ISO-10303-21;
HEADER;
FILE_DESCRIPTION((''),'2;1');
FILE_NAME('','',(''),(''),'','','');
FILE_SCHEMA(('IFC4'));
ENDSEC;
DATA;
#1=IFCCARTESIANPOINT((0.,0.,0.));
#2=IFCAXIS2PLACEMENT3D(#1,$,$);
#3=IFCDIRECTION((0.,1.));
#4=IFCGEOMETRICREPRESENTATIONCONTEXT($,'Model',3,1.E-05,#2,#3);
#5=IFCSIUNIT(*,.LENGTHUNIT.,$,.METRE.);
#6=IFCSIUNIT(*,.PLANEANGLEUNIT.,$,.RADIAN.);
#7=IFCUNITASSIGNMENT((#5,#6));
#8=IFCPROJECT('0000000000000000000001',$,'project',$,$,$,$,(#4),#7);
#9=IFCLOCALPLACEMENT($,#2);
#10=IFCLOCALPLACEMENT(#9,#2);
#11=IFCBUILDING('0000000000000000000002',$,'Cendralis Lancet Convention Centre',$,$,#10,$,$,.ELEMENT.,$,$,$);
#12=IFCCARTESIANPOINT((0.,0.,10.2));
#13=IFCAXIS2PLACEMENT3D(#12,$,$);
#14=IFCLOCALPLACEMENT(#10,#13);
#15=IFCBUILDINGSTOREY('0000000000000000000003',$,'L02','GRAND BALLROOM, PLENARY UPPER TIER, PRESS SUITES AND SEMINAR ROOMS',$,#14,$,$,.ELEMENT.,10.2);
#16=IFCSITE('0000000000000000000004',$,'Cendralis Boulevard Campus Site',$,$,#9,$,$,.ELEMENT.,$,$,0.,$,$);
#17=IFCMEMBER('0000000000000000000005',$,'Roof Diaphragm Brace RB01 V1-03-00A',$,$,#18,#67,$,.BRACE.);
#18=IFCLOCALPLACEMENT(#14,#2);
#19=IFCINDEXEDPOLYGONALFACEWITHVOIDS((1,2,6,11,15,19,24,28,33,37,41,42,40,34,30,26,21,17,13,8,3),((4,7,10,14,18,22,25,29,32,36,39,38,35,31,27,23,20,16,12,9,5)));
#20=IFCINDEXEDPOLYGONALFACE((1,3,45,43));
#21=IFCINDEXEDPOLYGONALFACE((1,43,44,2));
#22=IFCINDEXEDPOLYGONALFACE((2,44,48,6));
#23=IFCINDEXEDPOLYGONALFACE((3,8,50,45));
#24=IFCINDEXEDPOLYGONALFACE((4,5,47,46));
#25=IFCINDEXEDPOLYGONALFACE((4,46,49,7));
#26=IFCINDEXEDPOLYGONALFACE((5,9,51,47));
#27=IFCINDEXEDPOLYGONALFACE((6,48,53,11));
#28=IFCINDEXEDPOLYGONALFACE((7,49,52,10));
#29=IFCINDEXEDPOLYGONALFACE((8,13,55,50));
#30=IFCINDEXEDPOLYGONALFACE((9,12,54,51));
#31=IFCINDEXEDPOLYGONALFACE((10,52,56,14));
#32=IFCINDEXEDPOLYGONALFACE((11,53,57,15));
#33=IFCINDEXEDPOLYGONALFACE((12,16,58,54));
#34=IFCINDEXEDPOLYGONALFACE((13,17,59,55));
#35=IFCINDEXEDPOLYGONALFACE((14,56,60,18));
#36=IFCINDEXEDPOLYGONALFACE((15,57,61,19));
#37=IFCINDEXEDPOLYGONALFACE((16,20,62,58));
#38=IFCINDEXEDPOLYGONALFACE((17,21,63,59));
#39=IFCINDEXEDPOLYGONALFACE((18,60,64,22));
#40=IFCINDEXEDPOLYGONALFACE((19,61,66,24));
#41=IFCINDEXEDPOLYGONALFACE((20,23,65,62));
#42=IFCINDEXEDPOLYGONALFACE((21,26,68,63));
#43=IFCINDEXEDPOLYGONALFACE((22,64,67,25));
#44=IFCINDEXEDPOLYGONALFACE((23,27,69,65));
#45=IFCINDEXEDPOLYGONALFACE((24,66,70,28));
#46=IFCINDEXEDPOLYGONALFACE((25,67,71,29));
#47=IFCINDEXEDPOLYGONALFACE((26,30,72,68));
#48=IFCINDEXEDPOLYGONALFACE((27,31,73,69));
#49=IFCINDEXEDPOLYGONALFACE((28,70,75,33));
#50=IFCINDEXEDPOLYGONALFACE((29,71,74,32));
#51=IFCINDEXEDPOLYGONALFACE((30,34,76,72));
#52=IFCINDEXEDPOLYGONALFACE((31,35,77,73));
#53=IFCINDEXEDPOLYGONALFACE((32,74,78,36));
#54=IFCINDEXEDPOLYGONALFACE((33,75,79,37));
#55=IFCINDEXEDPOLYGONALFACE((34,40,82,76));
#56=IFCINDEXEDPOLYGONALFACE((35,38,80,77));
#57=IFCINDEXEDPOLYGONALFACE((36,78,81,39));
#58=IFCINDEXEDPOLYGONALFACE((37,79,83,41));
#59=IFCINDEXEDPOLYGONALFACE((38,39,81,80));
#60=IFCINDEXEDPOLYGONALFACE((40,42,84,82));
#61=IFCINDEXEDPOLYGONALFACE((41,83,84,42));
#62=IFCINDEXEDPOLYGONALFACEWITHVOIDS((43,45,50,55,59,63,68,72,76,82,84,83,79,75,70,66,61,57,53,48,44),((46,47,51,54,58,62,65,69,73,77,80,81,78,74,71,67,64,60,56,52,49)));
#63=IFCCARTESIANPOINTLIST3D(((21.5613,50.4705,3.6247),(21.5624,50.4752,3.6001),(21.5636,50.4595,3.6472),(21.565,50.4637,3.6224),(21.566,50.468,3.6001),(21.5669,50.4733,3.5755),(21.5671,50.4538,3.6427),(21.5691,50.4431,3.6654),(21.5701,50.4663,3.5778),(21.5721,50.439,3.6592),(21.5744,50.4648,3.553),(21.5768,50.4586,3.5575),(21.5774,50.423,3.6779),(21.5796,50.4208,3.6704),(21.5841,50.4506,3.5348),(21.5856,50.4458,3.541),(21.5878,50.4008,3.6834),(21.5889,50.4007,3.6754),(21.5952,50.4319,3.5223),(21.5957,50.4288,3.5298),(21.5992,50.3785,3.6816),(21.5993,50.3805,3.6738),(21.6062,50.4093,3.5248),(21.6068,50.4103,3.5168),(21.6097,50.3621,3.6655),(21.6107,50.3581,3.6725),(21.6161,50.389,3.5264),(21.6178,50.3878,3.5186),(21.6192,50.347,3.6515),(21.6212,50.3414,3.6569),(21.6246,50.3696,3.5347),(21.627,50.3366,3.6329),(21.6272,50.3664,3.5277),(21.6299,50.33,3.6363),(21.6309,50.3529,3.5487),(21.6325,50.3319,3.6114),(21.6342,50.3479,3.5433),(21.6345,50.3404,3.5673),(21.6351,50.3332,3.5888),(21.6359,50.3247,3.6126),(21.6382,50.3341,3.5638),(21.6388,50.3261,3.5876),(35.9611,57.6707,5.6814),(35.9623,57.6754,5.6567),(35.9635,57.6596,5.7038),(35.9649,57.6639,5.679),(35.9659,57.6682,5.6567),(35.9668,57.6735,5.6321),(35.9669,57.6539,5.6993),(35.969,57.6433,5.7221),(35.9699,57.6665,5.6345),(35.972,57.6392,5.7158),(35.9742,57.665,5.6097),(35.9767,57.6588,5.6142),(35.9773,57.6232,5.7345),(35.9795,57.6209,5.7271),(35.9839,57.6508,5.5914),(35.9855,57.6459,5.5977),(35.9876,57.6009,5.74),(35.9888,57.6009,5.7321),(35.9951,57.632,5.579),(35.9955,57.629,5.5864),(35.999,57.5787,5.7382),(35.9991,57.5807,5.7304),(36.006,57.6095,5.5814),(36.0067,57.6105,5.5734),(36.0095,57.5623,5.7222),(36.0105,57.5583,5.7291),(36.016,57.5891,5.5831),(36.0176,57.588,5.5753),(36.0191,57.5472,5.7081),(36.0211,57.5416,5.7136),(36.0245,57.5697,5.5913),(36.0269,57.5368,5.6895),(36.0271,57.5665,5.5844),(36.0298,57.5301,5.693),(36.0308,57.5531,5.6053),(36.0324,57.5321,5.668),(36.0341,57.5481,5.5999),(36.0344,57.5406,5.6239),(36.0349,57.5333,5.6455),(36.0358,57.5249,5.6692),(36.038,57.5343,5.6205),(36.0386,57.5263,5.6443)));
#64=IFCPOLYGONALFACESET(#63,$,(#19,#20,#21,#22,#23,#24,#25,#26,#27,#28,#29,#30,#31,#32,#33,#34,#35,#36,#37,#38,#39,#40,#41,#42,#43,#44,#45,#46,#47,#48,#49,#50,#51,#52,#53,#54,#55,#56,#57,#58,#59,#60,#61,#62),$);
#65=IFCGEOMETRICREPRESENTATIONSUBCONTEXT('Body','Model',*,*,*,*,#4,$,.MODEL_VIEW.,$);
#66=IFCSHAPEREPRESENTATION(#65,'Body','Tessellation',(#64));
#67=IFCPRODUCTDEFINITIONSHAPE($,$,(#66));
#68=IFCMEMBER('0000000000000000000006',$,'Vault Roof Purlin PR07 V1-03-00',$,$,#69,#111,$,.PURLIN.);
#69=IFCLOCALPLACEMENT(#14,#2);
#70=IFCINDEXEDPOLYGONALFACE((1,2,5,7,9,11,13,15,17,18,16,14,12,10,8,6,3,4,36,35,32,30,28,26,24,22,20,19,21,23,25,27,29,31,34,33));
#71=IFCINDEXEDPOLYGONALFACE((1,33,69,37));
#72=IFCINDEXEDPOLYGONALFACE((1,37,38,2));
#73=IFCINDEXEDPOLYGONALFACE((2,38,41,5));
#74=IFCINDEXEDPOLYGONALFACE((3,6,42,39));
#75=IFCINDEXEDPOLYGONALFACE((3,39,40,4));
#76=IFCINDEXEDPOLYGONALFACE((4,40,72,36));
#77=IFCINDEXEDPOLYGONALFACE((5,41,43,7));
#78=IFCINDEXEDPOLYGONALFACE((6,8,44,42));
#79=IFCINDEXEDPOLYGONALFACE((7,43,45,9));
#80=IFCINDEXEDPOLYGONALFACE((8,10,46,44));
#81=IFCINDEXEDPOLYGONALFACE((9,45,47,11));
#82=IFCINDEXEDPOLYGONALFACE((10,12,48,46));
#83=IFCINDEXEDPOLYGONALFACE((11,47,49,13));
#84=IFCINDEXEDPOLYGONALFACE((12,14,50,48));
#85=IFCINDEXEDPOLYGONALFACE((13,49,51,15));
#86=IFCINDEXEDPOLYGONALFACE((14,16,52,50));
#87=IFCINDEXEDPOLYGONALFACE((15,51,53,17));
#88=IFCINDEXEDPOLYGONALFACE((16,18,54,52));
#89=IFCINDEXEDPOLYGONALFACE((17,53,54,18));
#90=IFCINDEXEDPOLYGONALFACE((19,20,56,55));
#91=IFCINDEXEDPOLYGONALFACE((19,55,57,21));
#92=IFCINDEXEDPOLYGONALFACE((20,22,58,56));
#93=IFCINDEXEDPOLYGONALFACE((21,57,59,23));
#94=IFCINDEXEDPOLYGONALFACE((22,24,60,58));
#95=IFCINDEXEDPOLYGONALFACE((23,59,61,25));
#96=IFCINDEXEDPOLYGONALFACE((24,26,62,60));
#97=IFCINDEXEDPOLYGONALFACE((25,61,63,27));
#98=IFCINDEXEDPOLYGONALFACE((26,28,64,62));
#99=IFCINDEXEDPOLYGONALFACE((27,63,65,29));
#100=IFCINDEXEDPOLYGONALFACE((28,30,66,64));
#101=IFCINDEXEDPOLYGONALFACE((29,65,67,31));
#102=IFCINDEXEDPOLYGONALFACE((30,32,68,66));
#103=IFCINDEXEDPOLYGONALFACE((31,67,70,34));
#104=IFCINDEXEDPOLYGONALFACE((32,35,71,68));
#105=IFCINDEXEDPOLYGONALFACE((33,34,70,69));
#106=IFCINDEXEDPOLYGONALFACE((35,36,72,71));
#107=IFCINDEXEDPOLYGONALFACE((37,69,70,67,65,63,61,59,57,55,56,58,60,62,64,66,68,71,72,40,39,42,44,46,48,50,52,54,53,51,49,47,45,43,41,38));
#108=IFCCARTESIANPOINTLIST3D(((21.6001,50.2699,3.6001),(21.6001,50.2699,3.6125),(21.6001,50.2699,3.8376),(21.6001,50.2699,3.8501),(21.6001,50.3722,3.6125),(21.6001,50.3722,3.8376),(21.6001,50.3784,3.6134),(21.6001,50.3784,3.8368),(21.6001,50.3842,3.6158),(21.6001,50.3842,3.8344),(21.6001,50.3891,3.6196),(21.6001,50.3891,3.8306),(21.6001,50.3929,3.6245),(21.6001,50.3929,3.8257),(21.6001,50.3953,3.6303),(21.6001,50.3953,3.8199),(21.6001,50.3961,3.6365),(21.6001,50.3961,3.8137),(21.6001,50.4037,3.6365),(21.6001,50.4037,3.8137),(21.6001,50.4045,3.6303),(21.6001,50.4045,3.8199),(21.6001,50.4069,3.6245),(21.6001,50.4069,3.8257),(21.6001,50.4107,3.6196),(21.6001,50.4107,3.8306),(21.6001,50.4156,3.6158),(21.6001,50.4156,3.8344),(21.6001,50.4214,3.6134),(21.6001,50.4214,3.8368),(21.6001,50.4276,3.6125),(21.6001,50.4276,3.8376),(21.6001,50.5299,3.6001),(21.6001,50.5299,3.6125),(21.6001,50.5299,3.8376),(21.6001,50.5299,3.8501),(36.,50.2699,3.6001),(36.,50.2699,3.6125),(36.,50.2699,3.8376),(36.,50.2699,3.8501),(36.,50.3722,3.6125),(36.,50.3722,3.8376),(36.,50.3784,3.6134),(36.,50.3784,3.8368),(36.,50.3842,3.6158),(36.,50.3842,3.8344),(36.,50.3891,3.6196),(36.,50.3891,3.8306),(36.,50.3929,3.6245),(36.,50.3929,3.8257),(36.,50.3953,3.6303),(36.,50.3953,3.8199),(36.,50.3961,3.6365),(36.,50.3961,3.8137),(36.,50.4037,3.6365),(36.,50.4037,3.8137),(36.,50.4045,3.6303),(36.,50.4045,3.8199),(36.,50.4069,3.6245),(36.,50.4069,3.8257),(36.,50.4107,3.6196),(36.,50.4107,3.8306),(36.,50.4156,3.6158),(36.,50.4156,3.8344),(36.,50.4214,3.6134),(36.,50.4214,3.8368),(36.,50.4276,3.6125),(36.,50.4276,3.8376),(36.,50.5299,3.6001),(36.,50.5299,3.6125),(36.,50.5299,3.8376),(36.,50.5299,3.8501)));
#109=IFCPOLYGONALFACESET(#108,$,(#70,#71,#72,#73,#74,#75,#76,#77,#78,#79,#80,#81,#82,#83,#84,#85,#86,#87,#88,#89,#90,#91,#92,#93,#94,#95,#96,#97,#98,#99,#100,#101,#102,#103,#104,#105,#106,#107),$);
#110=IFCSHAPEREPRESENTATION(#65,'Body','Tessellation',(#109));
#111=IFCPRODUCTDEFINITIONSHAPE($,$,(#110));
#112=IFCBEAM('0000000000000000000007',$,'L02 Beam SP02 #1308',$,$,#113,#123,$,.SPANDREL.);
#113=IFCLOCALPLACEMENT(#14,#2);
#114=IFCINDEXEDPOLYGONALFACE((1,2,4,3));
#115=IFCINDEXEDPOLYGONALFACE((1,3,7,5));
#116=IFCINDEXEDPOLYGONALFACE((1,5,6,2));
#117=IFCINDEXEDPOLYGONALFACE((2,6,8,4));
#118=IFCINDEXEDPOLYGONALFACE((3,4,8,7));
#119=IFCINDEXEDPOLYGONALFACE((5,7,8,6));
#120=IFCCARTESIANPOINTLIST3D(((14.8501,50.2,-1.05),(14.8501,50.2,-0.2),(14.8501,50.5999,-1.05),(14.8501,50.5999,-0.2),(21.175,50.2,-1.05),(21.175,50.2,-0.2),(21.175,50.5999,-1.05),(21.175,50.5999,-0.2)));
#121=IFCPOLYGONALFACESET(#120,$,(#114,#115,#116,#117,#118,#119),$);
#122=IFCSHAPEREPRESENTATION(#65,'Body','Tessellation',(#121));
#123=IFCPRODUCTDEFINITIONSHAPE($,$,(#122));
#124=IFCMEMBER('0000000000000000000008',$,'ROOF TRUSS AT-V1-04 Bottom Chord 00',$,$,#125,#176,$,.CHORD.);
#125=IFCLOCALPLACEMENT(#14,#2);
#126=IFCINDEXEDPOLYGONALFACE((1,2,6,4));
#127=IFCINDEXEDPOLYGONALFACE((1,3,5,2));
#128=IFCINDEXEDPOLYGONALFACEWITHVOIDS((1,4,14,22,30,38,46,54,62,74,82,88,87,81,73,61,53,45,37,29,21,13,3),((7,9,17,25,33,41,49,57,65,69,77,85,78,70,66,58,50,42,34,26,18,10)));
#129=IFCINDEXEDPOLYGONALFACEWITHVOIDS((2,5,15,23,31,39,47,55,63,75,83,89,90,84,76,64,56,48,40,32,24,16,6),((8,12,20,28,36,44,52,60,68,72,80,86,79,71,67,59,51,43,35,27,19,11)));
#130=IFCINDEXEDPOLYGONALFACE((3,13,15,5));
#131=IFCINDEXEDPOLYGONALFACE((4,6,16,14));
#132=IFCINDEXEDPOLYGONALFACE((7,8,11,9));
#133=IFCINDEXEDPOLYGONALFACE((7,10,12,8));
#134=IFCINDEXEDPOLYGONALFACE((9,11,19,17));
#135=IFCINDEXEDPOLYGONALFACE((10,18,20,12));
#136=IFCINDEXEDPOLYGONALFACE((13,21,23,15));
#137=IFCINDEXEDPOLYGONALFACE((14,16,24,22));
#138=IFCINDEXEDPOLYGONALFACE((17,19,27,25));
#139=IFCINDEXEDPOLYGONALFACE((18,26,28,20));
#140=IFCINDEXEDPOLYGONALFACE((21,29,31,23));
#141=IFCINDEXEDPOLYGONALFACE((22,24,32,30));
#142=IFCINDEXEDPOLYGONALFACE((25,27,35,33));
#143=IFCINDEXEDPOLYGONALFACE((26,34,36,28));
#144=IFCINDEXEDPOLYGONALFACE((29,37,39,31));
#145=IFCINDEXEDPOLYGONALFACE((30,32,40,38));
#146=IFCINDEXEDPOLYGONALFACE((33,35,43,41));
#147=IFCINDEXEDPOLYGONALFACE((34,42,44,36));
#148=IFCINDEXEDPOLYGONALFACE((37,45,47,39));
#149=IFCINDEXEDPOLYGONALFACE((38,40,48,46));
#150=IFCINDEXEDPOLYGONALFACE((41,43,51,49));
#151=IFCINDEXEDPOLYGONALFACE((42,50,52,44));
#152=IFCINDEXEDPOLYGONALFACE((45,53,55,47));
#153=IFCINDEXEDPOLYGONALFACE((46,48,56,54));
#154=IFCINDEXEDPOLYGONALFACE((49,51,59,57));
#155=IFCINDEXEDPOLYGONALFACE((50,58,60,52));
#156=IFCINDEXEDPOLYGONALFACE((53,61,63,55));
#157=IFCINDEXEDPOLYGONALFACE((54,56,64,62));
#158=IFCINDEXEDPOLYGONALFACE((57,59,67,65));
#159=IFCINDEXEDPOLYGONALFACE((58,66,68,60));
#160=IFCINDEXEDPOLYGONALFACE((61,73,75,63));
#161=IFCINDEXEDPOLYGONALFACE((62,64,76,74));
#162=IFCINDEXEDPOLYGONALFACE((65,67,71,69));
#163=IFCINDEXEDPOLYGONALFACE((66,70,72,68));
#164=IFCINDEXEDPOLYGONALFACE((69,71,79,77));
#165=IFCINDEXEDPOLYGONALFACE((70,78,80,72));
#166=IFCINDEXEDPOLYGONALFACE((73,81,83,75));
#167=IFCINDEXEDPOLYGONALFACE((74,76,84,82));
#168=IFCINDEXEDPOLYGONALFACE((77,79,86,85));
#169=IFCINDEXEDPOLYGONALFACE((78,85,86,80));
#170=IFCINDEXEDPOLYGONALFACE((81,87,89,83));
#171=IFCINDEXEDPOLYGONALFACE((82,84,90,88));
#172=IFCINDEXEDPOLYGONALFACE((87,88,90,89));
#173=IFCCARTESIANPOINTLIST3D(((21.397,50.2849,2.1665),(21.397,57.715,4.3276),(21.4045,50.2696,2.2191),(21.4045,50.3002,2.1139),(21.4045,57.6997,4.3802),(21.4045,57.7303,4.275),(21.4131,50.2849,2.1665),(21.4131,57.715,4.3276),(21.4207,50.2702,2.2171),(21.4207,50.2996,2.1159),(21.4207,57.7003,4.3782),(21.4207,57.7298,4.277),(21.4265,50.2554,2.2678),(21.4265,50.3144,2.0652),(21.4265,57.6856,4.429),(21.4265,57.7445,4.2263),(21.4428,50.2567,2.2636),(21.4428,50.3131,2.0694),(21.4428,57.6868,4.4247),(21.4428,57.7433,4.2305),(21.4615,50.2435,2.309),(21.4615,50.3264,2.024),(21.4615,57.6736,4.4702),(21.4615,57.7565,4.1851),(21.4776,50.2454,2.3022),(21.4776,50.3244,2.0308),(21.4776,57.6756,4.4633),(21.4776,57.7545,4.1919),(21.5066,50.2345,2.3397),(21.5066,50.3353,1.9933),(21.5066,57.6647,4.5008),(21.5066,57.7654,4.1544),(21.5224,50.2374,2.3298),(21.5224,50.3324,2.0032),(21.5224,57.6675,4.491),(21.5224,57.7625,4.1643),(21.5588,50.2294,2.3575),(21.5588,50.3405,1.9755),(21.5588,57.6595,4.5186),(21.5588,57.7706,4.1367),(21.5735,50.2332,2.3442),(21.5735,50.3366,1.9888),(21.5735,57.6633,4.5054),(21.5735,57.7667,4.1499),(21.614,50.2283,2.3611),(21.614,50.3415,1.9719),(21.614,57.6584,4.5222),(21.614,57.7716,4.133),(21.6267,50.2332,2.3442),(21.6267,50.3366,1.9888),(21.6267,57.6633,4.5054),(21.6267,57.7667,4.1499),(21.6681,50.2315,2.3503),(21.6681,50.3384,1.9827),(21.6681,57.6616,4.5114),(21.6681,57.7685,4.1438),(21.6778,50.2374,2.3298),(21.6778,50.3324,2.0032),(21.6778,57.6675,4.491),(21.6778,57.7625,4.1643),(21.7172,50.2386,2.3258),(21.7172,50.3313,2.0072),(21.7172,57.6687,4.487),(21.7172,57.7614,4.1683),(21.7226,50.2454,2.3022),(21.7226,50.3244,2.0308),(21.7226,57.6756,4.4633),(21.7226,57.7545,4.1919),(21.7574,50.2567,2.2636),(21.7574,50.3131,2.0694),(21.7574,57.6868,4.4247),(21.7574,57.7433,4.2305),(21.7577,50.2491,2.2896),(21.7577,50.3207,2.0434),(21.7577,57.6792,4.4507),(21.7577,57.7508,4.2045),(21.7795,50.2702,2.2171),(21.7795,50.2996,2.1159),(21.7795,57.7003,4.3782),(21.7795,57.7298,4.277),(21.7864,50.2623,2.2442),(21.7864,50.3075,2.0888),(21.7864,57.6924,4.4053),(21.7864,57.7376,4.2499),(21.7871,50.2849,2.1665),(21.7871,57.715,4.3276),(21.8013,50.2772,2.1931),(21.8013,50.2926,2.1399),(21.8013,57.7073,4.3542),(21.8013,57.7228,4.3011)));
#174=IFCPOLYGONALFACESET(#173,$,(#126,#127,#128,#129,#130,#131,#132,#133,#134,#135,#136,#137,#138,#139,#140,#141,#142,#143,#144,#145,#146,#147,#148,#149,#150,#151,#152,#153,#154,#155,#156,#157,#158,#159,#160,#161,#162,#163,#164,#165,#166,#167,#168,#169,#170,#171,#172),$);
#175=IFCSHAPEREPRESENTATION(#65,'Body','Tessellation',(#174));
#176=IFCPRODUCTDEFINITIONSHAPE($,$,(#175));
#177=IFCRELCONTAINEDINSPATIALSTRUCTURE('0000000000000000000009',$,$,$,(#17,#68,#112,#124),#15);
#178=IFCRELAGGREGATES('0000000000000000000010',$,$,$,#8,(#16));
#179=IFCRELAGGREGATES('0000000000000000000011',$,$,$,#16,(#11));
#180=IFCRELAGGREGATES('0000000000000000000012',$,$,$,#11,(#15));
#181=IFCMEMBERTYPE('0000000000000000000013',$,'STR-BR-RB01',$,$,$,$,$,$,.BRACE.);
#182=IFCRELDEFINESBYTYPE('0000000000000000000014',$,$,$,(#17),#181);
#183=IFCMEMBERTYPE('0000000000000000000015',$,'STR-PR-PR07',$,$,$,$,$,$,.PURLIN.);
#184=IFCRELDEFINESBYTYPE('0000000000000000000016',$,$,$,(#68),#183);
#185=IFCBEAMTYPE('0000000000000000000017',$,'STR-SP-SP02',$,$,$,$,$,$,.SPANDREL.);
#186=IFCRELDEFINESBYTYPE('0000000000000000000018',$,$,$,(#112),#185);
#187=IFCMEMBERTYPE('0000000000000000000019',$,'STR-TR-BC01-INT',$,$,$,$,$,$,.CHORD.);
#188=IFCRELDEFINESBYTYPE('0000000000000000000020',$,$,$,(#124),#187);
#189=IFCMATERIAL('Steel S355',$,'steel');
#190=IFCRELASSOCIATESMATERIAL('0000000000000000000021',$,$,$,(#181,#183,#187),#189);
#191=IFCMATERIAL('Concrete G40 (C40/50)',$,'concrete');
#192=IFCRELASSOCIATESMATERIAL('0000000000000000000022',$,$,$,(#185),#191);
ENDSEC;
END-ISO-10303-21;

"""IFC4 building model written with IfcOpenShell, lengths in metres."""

from ifc_helpers import new_model, si_unit, direction, frame, origin, origin_2d, place, context, subcontext, project, spatial, rectangle, hollow_circle, i_section, extrude, material, material_profile, profile_set, type_object, element, save


model = new_model("IFC4")

# Units and contexts
model_context = context("Model", 3, precision=1e-05, world=origin(), true_north=direction((0.0, 1.0)))
body_context = subcontext(model_context, "Body", "Model", "MODEL_VIEW")
ifc_project = project(units=[si_unit("LENGTHUNIT", "METRE"), si_unit("PLANEANGLEUNIT", "RADIAN")], contexts=[model_context])

# Site, building, storey
site_placement = place(None, origin())
site = spatial("IfcSite", under=ifc_project, at=site_placement, Name="Cendralis Boulevard Campus Site", CompositionType="ELEMENT", RefElevation=0.0)
building_placement = place(site_placement, origin())
building = spatial("IfcBuilding", under=site, at=building_placement, Name="Cendralis Lancet Convention Centre", CompositionType="ELEMENT")
storey_placement = place(building_placement, frame((0.0, 0.0, 10.2)))
storey = spatial("IfcBuildingStorey", under=building, at=storey_placement, Name="L02", Description="GRAND BALLROOM, PLENARY UPPER TIER, PRESS SUITES AND SEMINAR ROOMS", CompositionType="ELEMENT", Elevation=10.2)

# Shared definitions
ifc_material_1 = material(Name="Concrete G40 (C40/50)", Category="concrete")
ifc_material_2 = material(Name="Steel S355", Category="steel")

# Members
ifc_material_profile_1 = material_profile(ifc_material_2, hollow_circle(Radius=0.0842, WallThickness=0.0081, at=origin_2d()), Name="CHS 168.3x8.0")
ifc_profile_set_1 = profile_set([ifc_material_profile_1], Name="Steel S355")
member_type_1 = type_object("IfcMemberType", Name="STR-BR-RB01", PredefinedType="BRACE", material=ifc_profile_set_1)
member_1_placement = place(storey_placement, frame((21.6001, 50.3999, 3.6001), z_axis=(0.887211, 0.443621, 0.126714), x_axis=(-0.447226, 0.894421, 0.0)))
element("IfcMember", 1, at=member_1_placement, inside=storey, type_object=member_type_1, Name="Roof Diaphragm Brace RB01 V1-03-00A", PredefinedType="BRACE", context=body_context, shape_type="SweptSolid", body=[
    extrude(hollow_circle(Radius=0.0842, WallThickness=0.0081, at=origin_2d()), origin(), (0.0, 0.0, 1.0), 16.2305),
])
ifc_material_profile_2 = material_profile(ifc_material_2, i_section(OverallWidth=0.26, OverallDepth=0.25, WebThickness=0.0076, FlangeThickness=0.0125, FilletRadius=0.0239, at=origin_2d()), Name="HEA 260")
ifc_profile_set_2 = profile_set([ifc_material_profile_2], Name="Steel S355")
member_type_2 = type_object("IfcMemberType", Name="STR-PR-PR07", PredefinedType="PURLIN", material=ifc_profile_set_2)
member_2_placement = place(storey_placement, frame((21.6001, 50.3999, 3.7251), z_axis=(1.0, 0.0, 0.0), x_axis=(0.0, 1.0, 0.0)))
element("IfcMember", 2, at=member_2_placement, inside=storey, type_object=member_type_2, Name="Vault Roof Purlin PR07 V1-03-00", PredefinedType="PURLIN", context=body_context, shape_type="SweptSolid", body=[
    extrude(i_section(OverallWidth=0.26, OverallDepth=0.25, WebThickness=0.0076, FlangeThickness=0.0125, FilletRadius=0.0239, at=origin_2d()), origin(), (0.0, 0.0, 1.0), 14.3999),
])

# Beam
ifc_material_profile_3 = material_profile(ifc_material_1, rectangle(XDim=0.3999, YDim=0.8501, at=origin_2d()), Name="RCB 400x850")
ifc_profile_set_3 = profile_set([ifc_material_profile_3], Name="Concrete G40 (C40/50)")
beam_type_1 = type_object("IfcBeamType", Name="STR-SP-SP02", PredefinedType="SPANDREL", material=ifc_profile_set_3)
beam_1_placement = place(storey_placement, frame((14.8501, 50.3999, -0.625), z_axis=(1.0, 0.0, 0.0), x_axis=(0.0, 1.0, 0.0)))
element("IfcBeam", 3, at=beam_1_placement, inside=storey, type_object=beam_type_1, Name="L02 Beam SP02 #1308", PredefinedType="SPANDREL", context=body_context, shape_type="SweptSolid", body=[
    extrude(rectangle(XDim=0.3999, YDim=0.8501, at=origin_2d()), origin(), (0.0, 0.0, 1.0), 6.325),
])

# Member
ifc_material_profile_4 = material_profile(ifc_material_2, hollow_circle(Radius=0.2031, WallThickness=0.0161, at=origin_2d()), Name="CHS 406.4x16.0")
ifc_profile_set_4 = profile_set([ifc_material_profile_4], Name="Steel S355")
member_type_3 = type_object("IfcMemberType", Name="STR-TR-BC01-INT", PredefinedType="CHORD", material=ifc_profile_set_4)
member_3_placement = place(storey_placement, frame((21.6001, 50.2849, 2.1665), z_axis=(0.0, 0.960208, 0.279285), x_axis=(-1.0, 0.0, 0.0)))
element("IfcMember", 4, at=member_3_placement, inside=storey, type_object=member_type_3, Name="ROOF TRUSS AT-V1-04 Bottom Chord 00", PredefinedType="CHORD", context=body_context, shape_type="SweptSolid", body=[
    extrude(hollow_circle(Radius=0.2031, WallThickness=0.0161, at=origin_2d()), origin(), (0.0, 0.0, 1.0), 7.738),
])

save(model, "model.ifc")
